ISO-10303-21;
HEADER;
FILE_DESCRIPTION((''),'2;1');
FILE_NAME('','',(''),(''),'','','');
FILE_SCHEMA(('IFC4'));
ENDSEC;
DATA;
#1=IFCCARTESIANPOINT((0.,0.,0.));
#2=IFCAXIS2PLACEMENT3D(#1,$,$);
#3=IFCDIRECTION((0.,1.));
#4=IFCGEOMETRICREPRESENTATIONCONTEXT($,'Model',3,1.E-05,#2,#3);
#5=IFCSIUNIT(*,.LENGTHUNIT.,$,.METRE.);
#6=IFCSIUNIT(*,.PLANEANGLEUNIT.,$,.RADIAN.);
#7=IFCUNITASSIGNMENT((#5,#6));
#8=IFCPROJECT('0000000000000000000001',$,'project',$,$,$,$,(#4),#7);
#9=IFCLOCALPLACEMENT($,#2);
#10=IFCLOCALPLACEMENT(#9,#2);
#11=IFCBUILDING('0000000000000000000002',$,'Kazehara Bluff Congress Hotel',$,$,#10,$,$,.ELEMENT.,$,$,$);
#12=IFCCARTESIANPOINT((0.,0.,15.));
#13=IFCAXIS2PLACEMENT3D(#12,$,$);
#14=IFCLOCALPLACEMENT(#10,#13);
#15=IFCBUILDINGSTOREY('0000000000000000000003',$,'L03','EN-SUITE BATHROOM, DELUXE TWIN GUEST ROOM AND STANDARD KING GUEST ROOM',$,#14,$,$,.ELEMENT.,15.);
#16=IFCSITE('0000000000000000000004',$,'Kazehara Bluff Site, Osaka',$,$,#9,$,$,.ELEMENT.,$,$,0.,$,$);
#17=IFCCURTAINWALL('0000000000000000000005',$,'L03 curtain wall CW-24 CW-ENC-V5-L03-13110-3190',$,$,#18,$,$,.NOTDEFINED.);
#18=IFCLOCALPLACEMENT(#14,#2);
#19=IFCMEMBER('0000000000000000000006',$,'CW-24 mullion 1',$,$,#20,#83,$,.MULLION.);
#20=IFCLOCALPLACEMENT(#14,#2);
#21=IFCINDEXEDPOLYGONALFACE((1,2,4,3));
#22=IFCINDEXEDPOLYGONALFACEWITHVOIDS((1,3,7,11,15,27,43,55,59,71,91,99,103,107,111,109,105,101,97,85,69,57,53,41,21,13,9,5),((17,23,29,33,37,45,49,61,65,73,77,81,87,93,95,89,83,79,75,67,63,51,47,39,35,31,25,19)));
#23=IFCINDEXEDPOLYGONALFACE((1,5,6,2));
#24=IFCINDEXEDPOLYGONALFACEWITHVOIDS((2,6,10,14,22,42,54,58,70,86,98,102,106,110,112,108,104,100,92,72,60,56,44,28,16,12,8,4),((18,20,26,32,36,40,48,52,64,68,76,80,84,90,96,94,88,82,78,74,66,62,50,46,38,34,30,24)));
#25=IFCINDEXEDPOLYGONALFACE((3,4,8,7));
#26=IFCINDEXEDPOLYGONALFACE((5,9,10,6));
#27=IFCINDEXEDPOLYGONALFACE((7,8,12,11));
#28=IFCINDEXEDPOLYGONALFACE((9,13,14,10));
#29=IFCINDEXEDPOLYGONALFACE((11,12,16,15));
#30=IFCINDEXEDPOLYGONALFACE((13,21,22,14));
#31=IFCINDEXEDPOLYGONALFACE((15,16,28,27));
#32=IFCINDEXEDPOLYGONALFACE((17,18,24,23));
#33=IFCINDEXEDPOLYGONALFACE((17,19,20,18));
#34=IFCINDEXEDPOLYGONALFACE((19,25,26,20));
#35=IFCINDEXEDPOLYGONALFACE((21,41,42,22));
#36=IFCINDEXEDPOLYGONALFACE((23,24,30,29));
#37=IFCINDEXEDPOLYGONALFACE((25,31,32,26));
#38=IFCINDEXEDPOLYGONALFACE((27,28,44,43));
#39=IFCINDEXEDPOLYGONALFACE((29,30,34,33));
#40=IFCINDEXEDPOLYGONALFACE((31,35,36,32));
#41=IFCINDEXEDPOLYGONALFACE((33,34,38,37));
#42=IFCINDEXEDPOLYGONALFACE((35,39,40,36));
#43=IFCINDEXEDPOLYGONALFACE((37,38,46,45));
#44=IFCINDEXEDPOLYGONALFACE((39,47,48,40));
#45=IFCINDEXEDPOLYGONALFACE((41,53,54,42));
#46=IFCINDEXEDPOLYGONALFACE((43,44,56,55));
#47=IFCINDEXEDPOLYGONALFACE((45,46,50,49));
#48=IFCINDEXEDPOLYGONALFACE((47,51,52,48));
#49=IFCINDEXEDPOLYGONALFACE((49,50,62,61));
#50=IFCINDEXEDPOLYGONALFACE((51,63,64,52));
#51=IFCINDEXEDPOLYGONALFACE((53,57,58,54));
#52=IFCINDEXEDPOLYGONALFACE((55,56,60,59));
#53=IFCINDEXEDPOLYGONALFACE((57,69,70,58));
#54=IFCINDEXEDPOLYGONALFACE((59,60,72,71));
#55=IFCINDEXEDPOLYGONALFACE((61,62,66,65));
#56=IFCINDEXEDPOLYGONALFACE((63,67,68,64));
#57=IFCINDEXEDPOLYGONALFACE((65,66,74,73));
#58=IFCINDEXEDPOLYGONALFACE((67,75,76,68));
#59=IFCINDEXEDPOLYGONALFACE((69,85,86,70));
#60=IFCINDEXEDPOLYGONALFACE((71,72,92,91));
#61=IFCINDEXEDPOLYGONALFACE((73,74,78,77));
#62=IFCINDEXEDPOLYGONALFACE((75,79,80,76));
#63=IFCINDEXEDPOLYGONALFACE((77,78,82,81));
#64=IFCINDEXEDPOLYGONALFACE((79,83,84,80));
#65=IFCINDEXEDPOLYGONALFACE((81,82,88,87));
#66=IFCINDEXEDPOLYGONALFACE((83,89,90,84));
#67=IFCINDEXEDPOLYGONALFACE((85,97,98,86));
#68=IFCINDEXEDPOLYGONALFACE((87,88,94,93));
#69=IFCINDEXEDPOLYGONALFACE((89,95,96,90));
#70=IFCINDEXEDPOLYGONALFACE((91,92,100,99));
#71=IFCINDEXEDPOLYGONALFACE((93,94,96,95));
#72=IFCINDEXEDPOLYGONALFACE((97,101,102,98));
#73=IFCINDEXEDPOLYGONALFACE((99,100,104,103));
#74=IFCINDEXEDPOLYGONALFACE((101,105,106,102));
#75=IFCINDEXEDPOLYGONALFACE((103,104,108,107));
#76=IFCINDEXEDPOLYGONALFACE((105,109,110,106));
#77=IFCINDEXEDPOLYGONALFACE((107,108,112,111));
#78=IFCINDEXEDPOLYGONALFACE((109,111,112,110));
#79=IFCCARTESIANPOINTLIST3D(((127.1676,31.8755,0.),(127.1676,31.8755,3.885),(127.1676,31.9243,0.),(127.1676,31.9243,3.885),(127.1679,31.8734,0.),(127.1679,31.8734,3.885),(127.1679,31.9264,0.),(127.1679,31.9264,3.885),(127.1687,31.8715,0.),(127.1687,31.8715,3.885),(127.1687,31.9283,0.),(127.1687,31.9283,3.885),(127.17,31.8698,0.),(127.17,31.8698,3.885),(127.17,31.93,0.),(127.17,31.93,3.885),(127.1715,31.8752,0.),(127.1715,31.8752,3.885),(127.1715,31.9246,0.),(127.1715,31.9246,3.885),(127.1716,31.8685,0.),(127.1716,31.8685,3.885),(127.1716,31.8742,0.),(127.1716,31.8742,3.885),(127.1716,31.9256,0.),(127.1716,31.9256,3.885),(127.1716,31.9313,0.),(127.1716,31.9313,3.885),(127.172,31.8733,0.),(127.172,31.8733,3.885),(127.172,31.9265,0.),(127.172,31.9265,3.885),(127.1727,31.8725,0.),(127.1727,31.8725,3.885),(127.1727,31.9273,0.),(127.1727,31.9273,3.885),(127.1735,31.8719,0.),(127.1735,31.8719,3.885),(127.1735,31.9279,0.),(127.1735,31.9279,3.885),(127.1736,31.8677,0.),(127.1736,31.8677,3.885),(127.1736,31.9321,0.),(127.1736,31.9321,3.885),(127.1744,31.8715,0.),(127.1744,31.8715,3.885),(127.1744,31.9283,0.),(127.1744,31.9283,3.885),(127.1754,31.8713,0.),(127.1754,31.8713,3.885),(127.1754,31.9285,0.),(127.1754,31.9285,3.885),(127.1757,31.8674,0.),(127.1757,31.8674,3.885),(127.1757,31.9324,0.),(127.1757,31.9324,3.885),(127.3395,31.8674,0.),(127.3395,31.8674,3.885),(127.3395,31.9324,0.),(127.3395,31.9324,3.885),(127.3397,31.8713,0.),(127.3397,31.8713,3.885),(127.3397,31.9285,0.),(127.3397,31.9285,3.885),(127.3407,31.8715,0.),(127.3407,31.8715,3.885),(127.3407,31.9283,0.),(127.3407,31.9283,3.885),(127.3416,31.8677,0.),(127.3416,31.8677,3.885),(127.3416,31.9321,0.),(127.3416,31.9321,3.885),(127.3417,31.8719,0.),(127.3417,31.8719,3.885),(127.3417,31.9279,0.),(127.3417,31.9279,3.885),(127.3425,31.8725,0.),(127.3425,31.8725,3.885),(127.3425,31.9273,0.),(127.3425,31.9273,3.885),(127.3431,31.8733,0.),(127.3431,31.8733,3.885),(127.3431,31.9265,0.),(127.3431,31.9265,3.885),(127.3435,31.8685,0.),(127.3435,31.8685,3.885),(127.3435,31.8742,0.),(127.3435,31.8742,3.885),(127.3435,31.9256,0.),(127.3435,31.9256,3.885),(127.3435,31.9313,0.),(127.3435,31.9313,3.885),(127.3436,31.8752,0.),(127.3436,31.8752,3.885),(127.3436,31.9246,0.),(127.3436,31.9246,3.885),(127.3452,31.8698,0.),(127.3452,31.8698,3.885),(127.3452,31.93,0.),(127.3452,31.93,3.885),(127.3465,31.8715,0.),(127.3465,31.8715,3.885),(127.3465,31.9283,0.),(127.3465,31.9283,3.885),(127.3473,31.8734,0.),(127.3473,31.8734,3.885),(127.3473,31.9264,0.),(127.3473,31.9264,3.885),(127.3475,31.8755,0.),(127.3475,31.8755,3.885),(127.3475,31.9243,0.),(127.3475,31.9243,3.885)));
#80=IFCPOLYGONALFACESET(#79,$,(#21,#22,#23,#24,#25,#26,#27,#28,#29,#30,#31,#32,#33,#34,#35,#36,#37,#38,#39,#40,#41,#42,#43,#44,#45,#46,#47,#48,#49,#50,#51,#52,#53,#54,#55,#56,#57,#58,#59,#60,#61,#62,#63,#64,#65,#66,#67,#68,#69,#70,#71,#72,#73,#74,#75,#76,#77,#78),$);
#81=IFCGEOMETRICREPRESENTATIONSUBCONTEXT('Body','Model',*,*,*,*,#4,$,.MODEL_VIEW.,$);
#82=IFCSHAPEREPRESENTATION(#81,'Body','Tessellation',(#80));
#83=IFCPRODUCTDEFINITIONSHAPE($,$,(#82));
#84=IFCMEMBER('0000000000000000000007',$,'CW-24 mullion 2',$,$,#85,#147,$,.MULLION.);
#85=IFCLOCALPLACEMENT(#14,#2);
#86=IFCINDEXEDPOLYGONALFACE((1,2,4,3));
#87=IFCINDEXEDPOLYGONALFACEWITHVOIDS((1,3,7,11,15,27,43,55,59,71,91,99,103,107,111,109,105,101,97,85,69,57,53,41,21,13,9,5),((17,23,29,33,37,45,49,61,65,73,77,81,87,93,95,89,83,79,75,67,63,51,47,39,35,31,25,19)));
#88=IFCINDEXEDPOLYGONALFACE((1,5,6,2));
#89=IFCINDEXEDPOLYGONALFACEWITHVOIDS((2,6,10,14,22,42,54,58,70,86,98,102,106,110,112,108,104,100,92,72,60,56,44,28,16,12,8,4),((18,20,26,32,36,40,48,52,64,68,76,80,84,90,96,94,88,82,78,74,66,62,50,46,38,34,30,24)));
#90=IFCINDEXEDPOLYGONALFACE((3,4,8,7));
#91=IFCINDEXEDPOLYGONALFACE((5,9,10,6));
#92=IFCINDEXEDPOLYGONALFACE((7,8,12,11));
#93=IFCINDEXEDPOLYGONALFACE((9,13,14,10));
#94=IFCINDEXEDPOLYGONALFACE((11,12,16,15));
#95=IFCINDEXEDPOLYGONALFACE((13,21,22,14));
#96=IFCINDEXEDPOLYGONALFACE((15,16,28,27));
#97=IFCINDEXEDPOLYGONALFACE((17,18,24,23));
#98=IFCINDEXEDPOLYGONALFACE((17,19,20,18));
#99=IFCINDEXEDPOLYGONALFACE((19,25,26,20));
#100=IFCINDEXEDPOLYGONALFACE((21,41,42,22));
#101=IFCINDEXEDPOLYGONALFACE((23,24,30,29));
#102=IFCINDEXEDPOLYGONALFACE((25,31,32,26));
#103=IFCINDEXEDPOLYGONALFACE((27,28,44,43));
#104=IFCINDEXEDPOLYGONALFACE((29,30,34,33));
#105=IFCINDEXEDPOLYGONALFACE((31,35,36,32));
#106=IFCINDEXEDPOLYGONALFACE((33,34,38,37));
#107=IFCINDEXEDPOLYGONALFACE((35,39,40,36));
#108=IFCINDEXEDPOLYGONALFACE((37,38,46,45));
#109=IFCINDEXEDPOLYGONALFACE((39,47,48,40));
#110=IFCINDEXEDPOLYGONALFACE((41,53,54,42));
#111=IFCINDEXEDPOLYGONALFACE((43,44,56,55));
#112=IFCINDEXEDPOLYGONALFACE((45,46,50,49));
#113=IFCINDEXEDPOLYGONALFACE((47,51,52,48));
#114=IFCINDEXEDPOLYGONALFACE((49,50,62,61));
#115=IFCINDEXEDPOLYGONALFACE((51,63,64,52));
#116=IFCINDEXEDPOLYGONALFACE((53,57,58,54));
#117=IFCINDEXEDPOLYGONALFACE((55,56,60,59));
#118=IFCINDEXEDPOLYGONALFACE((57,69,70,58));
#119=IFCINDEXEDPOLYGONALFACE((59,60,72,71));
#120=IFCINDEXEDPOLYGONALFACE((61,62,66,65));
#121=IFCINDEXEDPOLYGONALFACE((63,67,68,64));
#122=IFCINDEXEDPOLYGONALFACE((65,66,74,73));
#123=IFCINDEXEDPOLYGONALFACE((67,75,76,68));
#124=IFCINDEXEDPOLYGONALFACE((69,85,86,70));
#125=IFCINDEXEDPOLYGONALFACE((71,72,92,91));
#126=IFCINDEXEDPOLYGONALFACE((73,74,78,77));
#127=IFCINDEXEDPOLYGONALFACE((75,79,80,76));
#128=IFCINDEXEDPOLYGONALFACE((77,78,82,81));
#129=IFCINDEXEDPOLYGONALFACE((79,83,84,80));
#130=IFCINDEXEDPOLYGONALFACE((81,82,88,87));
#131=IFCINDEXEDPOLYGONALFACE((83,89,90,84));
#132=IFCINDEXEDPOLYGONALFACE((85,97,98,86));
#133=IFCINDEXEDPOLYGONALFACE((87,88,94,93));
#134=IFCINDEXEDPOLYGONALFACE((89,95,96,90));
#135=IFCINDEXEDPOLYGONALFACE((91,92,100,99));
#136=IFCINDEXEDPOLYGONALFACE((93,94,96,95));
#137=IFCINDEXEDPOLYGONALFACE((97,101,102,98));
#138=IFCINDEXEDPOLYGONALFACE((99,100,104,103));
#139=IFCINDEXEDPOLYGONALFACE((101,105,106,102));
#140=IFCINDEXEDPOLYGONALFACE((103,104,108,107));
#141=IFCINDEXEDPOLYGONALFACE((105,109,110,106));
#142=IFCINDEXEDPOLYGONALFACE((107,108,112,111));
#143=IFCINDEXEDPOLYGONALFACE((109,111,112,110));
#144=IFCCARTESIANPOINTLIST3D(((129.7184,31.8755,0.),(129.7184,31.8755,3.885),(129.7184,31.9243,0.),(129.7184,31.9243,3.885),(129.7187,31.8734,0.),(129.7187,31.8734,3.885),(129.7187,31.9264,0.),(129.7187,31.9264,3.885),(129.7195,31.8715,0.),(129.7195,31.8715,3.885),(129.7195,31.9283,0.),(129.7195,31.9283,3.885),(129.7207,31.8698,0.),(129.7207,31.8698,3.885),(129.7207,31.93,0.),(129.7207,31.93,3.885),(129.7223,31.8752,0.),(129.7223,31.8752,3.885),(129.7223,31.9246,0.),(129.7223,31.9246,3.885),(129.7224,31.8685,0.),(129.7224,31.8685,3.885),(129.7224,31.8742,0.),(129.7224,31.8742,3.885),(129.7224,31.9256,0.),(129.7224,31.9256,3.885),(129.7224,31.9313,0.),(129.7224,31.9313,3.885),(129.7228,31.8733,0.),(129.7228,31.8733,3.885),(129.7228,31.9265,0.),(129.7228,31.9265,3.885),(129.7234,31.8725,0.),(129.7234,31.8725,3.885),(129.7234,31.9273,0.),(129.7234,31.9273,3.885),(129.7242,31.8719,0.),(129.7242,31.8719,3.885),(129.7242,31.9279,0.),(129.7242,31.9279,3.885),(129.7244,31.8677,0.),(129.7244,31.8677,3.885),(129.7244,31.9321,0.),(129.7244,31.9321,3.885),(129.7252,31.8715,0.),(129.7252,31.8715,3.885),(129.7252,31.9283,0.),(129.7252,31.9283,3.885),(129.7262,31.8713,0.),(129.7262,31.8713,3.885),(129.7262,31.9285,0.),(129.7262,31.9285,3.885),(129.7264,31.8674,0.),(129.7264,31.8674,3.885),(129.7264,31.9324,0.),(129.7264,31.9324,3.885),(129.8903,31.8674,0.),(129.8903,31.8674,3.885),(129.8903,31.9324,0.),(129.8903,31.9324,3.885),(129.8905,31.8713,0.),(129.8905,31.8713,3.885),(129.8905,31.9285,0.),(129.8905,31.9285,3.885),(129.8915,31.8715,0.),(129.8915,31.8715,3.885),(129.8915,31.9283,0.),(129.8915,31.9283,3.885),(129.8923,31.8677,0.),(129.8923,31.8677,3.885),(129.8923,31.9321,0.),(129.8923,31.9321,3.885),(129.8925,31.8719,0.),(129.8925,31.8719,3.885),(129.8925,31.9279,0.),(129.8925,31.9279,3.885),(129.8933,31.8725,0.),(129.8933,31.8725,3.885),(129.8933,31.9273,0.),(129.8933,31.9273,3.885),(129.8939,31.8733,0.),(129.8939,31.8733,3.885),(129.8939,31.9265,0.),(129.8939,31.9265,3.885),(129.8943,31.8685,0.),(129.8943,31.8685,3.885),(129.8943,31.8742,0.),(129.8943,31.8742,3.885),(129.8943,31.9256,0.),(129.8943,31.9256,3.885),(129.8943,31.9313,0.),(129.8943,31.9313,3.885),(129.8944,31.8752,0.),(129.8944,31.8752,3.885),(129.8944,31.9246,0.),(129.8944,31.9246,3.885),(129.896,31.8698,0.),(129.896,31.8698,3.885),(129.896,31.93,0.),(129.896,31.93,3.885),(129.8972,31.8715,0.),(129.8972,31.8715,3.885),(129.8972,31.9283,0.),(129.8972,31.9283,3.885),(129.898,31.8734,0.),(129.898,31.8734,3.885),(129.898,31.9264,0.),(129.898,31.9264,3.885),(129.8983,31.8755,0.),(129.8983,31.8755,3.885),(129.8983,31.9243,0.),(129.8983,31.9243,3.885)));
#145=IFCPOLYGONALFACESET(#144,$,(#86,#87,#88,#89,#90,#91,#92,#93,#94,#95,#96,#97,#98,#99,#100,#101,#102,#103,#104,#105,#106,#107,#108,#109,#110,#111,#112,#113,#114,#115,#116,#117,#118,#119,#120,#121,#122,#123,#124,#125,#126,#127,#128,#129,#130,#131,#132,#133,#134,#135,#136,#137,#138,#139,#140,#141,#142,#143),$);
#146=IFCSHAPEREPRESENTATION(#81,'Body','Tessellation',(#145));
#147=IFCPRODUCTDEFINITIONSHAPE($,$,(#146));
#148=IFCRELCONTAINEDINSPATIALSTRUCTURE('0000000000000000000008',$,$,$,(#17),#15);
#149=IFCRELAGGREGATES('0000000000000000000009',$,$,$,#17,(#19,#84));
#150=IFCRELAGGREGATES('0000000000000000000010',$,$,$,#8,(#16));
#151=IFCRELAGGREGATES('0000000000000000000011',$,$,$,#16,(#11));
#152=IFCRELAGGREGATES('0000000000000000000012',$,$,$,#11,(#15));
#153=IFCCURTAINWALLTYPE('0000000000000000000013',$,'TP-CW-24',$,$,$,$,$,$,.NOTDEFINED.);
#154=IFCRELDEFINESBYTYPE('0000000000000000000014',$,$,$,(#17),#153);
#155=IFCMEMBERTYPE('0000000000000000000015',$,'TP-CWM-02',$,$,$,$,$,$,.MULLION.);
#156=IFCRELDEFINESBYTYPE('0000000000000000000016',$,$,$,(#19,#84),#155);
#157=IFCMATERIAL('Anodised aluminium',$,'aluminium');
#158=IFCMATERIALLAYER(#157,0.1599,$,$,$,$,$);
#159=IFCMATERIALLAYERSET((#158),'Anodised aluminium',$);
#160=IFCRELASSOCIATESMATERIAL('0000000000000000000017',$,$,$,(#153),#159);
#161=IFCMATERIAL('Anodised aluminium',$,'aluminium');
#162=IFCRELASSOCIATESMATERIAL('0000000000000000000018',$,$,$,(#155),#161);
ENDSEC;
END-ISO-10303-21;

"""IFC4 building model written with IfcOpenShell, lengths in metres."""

from ifc_helpers import new_model, si_unit, direction, frame, origin, origin_2d, place, context, subcontext, project, spatial, hollow_rectangle, extrude, material, layer, layer_set, material_profile, profile_set, type_object, element, aggregate, save


model = new_model("IFC4")

# Units and contexts
model_context = context("Model", 3, precision=1e-05, world=origin(), true_north=direction((0.0, 1.0)))
body_context = subcontext(model_context, "Body", "Model", "MODEL_VIEW")
ifc_project = project(units=[si_unit("LENGTHUNIT", "METRE"), si_unit("PLANEANGLEUNIT", "RADIAN")], contexts=[model_context])

# Site, building, storey
site_placement = place(None, origin())
site = spatial("IfcSite", under=ifc_project, at=site_placement, Name="Kazehara Bluff Site, Osaka", CompositionType="ELEMENT", RefElevation=0.0)
building_placement = place(site_placement, origin())
building = spatial("IfcBuilding", under=site, at=building_placement, Name="Kazehara Bluff Congress Hotel", CompositionType="ELEMENT")
storey_placement = place(building_placement, frame((0.0, 0.0, 15.0)))
storey = spatial("IfcBuildingStorey", under=building, at=storey_placement, Name="L03", Description="EN-SUITE BATHROOM, DELUXE TWIN GUEST ROOM AND STANDARD KING GUEST ROOM", CompositionType="ELEMENT", Elevation=15.0)

# Curtain wall, members
ifc_material_1 = material(Name="Anodised aluminium", Category="aluminium")
ifc_layer_1 = layer(ifc_material_1, 0.1599)
ifc_layer_set_1 = layer_set([ifc_layer_1], Name="Anodised aluminium")
curtain_wall_type = type_object("IfcCurtainWallType", Name="TP-CW-24", PredefinedType="NOTDEFINED", material=ifc_layer_set_1)
ifc_material_2 = material(Name="Anodised aluminium", Category="aluminium")
ifc_material_profile_1 = material_profile(ifc_material_2, hollow_rectangle(XDim=0.0649, YDim=0.1799, WallThickness=0.0039, InnerFilletRadius=0.0039, OuterFilletRadius=0.0081, at=origin_2d()))
ifc_profile_set_1 = profile_set([ifc_material_profile_1], Name="Anodised aluminium")
member_type_1 = type_object("IfcMemberType", Name="TP-CWM-02", PredefinedType="MULLION", material=ifc_profile_set_1)
curtain_wall_1_placement = place(storey_placement, origin())
curtain_wall_1 = element("IfcCurtainWall", 1, at=curtain_wall_1_placement, inside=storey, type_object=curtain_wall_type, Name="L03 curtain wall CW-24 CW-ENC-V5-L03-13110-3190", PredefinedType="NOTDEFINED")
member_1_placement = place(storey_placement, frame((127.2576, 31.8999, 0.0), z_axis=(0.0, 0.0, 1.0), x_axis=(0.0, 1.0, 0.0)))
member_1 = element("IfcMember", 2, at=member_1_placement, type_object=member_type_1, Name="CW-24 mullion 1", PredefinedType="MULLION", context=body_context, shape_type="SweptSolid", body=[
    extrude(hollow_rectangle(XDim=0.0649, YDim=0.1799, WallThickness=0.0039, InnerFilletRadius=0.0039, OuterFilletRadius=0.0081, at=origin_2d()), origin(), (0.0, 0.0, 1.0), 3.885),
])
member_2_placement = place(storey_placement, frame((129.8083, 31.8999, 0.0), z_axis=(0.0, 0.0, 1.0), x_axis=(0.0, 1.0, 0.0)))
member_2 = element("IfcMember", 3, at=member_2_placement, type_object=member_type_1, Name="CW-24 mullion 2", PredefinedType="MULLION", context=body_context, shape_type="SweptSolid", body=[
    extrude(hollow_rectangle(XDim=0.0649, YDim=0.1799, WallThickness=0.0039, InnerFilletRadius=0.0039, OuterFilletRadius=0.0081, at=origin_2d()), origin(), (0.0, 0.0, 1.0), 3.885),
])

aggregate(curtain_wall_1, [member_1, member_2])

save(model, "model.ifc")
